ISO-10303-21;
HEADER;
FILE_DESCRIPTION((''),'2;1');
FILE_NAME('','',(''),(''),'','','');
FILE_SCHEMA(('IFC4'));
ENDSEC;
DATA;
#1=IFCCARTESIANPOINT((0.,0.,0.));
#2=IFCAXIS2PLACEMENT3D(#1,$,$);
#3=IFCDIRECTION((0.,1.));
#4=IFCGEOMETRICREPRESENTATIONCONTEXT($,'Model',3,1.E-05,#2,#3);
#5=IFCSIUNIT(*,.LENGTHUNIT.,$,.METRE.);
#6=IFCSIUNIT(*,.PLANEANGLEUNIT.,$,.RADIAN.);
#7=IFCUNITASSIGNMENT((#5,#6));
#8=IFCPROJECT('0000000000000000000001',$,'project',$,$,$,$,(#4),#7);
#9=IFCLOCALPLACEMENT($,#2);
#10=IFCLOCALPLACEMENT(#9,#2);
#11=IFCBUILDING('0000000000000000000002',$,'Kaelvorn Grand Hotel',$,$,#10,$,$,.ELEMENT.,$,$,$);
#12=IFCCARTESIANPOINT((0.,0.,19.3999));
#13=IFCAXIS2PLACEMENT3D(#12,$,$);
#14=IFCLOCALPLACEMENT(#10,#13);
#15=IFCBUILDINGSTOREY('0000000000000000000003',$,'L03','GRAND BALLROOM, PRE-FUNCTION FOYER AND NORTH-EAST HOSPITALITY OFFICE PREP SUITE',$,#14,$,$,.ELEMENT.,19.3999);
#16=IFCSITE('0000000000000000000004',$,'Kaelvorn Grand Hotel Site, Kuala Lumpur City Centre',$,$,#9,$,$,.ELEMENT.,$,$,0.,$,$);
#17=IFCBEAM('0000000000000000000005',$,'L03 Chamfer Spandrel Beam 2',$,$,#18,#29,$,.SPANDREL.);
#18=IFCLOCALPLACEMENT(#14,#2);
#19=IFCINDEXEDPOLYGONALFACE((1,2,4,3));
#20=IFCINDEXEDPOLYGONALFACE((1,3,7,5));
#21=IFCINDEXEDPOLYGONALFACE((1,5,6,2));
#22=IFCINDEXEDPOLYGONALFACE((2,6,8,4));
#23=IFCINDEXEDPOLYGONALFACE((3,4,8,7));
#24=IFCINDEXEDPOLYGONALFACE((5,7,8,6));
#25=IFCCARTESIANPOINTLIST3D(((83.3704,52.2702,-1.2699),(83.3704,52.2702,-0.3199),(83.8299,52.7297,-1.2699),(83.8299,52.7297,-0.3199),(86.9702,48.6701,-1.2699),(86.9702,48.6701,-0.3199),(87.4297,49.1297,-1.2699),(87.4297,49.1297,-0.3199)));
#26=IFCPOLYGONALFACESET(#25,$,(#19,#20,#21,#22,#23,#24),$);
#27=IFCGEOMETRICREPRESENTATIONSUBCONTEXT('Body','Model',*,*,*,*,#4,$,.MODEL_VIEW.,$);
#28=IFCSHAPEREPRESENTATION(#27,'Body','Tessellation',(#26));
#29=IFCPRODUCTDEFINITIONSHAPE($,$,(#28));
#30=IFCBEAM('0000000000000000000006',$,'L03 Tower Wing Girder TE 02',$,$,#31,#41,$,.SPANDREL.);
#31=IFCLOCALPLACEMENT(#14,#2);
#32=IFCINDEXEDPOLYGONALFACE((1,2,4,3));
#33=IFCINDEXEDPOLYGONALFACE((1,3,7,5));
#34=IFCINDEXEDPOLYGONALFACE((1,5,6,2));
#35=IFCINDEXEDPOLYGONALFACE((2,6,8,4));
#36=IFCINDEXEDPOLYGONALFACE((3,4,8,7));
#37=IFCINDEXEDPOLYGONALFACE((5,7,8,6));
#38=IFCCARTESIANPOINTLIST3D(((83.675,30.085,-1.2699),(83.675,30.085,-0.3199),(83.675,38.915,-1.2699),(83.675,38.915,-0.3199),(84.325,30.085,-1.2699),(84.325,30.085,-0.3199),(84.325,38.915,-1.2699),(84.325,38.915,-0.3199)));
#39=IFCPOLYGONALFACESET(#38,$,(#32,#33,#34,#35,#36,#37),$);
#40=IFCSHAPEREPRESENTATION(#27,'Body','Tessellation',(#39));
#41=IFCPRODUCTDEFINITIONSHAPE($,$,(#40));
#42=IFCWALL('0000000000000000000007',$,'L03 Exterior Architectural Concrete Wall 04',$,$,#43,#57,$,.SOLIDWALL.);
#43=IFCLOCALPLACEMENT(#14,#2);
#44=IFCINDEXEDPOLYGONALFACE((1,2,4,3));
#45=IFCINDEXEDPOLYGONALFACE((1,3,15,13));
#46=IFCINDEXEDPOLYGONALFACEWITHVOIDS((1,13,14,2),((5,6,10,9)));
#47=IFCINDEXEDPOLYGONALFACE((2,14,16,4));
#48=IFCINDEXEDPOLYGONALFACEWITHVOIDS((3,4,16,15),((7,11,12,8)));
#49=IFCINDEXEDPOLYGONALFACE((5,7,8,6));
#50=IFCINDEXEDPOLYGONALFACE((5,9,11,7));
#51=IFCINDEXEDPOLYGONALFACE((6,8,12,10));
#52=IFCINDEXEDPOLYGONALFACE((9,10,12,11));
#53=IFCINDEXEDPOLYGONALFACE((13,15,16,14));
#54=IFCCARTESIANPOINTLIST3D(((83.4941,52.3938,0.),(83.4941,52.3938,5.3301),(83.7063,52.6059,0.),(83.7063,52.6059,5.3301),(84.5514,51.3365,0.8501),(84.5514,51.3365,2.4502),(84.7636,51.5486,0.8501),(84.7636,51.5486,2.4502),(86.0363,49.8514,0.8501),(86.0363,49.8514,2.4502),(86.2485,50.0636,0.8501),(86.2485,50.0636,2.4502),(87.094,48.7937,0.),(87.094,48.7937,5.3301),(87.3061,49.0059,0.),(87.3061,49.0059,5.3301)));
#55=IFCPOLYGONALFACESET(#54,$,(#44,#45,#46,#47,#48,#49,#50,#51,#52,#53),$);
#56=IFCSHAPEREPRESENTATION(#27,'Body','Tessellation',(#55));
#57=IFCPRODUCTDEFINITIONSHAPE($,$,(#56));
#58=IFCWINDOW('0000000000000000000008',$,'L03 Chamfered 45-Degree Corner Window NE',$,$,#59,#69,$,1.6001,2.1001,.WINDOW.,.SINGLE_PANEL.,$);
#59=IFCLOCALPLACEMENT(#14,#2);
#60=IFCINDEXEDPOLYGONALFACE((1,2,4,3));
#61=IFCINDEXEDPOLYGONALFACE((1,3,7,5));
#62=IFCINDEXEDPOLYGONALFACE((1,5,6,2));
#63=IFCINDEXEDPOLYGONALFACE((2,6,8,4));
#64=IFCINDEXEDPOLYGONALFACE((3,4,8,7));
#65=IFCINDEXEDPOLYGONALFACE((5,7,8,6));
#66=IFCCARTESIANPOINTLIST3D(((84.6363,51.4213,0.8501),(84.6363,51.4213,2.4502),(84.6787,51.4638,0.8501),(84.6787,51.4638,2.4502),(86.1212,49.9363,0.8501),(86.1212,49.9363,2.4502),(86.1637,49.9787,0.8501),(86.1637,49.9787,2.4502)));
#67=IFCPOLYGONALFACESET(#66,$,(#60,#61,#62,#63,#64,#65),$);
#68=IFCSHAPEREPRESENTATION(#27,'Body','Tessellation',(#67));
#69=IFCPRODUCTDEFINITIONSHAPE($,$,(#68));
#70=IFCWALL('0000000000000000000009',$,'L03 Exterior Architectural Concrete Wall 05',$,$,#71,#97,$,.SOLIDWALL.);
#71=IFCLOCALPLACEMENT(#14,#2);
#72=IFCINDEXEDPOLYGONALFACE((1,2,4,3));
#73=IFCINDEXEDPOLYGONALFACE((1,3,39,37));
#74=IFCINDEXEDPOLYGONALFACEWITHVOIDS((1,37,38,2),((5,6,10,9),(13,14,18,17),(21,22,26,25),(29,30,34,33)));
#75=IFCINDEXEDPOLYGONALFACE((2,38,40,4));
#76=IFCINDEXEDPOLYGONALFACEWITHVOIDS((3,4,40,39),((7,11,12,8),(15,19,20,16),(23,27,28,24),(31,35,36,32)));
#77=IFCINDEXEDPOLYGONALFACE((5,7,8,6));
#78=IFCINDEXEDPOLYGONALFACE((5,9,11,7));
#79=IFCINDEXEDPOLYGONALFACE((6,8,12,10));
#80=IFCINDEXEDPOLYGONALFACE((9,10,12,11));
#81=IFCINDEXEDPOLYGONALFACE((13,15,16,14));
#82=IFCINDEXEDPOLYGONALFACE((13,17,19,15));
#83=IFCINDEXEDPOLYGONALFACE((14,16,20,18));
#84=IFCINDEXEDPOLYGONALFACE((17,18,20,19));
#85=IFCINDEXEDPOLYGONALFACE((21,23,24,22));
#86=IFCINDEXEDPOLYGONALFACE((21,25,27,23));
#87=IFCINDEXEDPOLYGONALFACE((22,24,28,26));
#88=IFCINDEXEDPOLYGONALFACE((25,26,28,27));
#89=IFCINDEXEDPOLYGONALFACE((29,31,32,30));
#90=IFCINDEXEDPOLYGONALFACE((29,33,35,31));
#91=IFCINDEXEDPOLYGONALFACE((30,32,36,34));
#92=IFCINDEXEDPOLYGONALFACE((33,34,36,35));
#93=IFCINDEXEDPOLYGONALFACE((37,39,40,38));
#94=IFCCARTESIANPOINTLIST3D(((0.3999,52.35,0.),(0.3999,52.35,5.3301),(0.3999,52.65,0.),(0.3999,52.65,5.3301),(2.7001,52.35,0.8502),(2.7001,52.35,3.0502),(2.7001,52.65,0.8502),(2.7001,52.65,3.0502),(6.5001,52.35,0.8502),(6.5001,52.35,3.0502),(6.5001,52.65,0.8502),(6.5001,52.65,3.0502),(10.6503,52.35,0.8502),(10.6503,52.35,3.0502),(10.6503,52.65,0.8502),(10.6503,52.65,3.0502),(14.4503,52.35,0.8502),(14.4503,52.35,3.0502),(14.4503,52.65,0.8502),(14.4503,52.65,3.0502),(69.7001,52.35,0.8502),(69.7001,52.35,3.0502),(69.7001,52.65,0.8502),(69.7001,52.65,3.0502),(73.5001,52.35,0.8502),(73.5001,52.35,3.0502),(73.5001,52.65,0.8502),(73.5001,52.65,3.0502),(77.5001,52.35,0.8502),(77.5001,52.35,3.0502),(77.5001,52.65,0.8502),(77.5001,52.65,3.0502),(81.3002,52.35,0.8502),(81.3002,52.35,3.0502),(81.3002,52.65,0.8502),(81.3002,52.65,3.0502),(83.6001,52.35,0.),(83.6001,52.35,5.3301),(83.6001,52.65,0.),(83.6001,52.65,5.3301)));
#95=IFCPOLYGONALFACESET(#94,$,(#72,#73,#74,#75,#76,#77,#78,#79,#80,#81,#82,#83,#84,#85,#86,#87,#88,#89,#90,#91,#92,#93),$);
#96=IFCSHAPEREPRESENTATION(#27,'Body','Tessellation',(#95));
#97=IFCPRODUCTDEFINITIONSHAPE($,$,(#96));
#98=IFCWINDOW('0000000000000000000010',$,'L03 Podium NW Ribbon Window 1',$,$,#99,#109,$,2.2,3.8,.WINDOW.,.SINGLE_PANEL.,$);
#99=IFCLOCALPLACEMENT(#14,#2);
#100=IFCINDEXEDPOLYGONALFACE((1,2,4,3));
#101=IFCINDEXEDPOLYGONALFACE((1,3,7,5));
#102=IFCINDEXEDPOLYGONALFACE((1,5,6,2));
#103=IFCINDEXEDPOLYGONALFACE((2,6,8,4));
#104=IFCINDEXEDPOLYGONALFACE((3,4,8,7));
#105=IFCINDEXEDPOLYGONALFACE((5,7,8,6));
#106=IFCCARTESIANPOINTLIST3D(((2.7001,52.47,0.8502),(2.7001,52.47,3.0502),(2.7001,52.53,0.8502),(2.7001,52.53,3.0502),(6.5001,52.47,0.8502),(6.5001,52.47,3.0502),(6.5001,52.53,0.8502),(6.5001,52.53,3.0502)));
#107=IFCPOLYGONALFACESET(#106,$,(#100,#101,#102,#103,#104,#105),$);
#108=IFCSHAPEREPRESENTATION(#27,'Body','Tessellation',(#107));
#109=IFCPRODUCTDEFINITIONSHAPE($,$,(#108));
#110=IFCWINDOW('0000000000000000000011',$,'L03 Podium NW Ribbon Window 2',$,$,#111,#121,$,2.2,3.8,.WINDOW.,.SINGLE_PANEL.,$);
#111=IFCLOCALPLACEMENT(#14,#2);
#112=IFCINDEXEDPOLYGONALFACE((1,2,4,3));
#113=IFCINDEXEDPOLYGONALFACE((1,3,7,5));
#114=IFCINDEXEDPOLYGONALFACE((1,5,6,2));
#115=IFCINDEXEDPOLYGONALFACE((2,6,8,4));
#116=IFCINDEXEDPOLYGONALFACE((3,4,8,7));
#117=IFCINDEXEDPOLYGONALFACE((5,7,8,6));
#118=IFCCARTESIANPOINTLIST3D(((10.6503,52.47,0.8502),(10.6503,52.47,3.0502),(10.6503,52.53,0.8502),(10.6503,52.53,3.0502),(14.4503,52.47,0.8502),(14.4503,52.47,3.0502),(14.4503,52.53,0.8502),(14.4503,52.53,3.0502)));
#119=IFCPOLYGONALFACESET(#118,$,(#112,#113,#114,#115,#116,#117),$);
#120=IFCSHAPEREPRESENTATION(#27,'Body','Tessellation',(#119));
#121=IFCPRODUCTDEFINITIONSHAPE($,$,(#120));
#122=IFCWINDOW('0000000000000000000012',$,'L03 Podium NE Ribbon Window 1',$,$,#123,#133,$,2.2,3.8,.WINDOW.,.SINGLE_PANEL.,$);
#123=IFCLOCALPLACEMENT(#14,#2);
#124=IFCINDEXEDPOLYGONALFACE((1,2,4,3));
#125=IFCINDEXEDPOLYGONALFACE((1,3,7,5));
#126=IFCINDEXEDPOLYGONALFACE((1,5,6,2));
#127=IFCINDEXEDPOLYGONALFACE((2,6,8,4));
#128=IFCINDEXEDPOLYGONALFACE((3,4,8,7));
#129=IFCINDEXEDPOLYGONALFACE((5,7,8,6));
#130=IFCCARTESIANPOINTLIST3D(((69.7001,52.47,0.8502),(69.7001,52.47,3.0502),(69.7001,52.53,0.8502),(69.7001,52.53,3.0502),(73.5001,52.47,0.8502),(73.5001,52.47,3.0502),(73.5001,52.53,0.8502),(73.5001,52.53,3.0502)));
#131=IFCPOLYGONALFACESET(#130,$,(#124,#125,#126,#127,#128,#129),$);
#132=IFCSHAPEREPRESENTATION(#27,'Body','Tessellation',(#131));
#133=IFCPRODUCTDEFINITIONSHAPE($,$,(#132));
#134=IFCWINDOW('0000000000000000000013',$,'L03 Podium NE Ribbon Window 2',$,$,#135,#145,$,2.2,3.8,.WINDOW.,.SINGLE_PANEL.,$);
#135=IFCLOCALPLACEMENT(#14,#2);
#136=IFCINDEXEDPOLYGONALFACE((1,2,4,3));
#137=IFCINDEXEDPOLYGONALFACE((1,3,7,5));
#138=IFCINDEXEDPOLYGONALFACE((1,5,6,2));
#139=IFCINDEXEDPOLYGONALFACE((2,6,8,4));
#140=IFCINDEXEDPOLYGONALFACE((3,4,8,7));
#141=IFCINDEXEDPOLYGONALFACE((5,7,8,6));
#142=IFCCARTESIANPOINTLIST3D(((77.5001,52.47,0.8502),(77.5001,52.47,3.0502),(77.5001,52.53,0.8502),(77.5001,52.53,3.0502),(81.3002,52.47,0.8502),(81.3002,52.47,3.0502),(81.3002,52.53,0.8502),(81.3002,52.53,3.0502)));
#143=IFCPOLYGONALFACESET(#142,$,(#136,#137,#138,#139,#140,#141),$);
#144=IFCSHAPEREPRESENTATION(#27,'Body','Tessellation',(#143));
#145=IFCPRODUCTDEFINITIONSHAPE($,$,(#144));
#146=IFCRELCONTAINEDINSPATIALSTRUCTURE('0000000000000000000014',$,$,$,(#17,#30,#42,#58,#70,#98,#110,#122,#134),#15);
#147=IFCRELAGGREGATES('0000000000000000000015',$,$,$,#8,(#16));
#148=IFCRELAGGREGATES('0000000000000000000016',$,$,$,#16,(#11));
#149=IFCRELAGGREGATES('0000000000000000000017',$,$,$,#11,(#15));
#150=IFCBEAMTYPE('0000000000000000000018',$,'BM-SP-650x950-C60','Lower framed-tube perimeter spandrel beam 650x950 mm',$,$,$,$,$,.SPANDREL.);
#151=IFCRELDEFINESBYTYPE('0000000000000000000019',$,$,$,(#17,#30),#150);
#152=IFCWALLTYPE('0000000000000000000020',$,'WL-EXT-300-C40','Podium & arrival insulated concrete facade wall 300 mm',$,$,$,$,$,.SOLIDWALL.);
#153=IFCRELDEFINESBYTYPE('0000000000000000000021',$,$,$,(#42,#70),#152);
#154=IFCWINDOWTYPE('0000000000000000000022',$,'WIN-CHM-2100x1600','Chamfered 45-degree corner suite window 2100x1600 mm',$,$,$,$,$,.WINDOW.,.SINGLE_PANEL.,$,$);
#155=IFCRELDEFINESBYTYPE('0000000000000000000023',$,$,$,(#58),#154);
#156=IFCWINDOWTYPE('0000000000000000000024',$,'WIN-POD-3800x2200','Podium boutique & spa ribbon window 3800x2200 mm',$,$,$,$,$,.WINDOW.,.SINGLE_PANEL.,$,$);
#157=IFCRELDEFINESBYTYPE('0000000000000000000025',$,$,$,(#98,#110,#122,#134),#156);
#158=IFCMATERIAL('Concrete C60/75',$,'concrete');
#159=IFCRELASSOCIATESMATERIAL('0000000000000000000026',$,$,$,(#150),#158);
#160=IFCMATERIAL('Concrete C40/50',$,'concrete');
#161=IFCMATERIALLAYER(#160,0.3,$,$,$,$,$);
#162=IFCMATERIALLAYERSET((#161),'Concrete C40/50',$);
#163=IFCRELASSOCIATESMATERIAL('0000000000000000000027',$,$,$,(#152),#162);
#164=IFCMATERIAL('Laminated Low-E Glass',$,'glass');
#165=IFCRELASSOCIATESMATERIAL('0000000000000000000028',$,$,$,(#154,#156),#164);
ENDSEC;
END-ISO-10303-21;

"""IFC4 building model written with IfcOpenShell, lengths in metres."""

from ifc_helpers import new_model, si_unit, direction, frame, frame_2d, origin, origin_2d, place, context, subcontext, project, spatial, rectangle, extrude, material, layer, layer_set, material_profile, profile_set, type_object, element, fill, save


model = new_model("IFC4")

# Units and contexts
model_context = context("Model", 3, precision=1e-05, world=origin(), true_north=direction((0.0, 1.0)))
body_context = subcontext(model_context, "Body", "Model", "MODEL_VIEW")
ifc_project = project(units=[si_unit("LENGTHUNIT", "METRE"), si_unit("PLANEANGLEUNIT", "RADIAN")], contexts=[model_context])

# Site, building, storey
site_placement = place(None, origin())
site = spatial("IfcSite", under=ifc_project, at=site_placement, Name="Kaelvorn Grand Hotel Site, Kuala Lumpur City Centre", CompositionType="ELEMENT", RefElevation=0.0)
building_placement = place(site_placement, origin())
building = spatial("IfcBuilding", under=site, at=building_placement, Name="Kaelvorn Grand Hotel", CompositionType="ELEMENT")
storey_placement = place(building_placement, frame((0.0, 0.0, 19.3999)))
storey = spatial("IfcBuildingStorey", under=building, at=storey_placement, Name="L03", Description="GRAND BALLROOM, PRE-FUNCTION FOYER AND NORTH-EAST HOSPITALITY OFFICE PREP SUITE", CompositionType="ELEMENT", Elevation=19.3999)

# Beams
ifc_material_1 = material(Name="Concrete C60/75", Category="concrete")
ifc_material_profile_1 = material_profile(ifc_material_1, rectangle(XDim=0.6499, YDim=0.95, at=origin_2d()), Name="RC SPANDREL 650x950")
ifc_profile_set_1 = profile_set([ifc_material_profile_1], Name="Concrete C60/75")
beam_type_1 = type_object("IfcBeamType", Name="BM-SP-650x950-C60", Description="Lower framed-tube perimeter spandrel beam 650x950 mm", PredefinedType="SPANDREL", material=ifc_profile_set_1)
beam_1_placement = place(storey_placement, frame((87.2, 48.8999, -0.7949), z_axis=(-0.707083, 0.707131, 0.0), x_axis=(-0.707131, -0.707083, 0.0)))
element("IfcBeam", 1, at=beam_1_placement, inside=storey, type_object=beam_type_1, Name="L03 Chamfer Spandrel Beam 2", PredefinedType="SPANDREL", context=body_context, shape_type="SweptSolid", body=[
    extrude(rectangle(XDim=0.6499, YDim=0.95, at=origin_2d()), origin(), (0.0, 0.0, 1.0), 5.0911),
])
beam_2_placement = place(storey_placement, frame((84.0, 30.085, -0.7949), z_axis=(0.0, 1.0, 0.0), x_axis=(-1.0, 0.0, 0.0)))
element("IfcBeam", 2, at=beam_2_placement, inside=storey, type_object=beam_type_1, Name="L03 Tower Wing Girder TE 02", PredefinedType="SPANDREL", context=body_context, shape_type="SweptSolid", body=[
    extrude(rectangle(XDim=0.6499, YDim=0.95, at=origin_2d()), origin(), (0.0, 0.0, 1.0), 8.8301),
])

# Wall, opening, window
ifc_material_2 = material(Name="Concrete C40/50", Category="concrete")
ifc_layer_1 = layer(ifc_material_2, 0.3)
ifc_layer_set_1 = layer_set([ifc_layer_1], Name="Concrete C40/50")
wall_type_1 = type_object("IfcWallType", Name="WL-EXT-300-C40", Description="Podium & arrival insulated concrete facade wall 300 mm", PredefinedType="SOLIDWALL", material=ifc_layer_set_1)
wall_1_placement = place(storey_placement, frame((87.2, 48.8999, 0.0), z_axis=(0.0, 0.0, 1.0), x_axis=(-0.707083, 0.707131, 0.0)))
wall_1 = element("IfcWall", 3, at=wall_1_placement, inside=storey, type_object=wall_type_1, Name="L03 Exterior Architectural Concrete Wall 04", PredefinedType="SOLIDWALL", context=body_context, shape_type="SweptSolid", body=[
    extrude(rectangle(XDim=5.0911, YDim=0.3, at=frame_2d((2.5454, 0.0))), origin(), (0.0, 0.0, 1.0), 5.3301),
])
opening_1_placement = place(wall_1_placement, frame((1.4956, 0.0, 0.8501)))
opening_1 = element("IfcOpeningElement", 4, at=opening_1_placement, cuts=wall_1, PredefinedType="OPENING", context=body_context, shape_type="SweptSolid", body=[
    extrude(rectangle(XDim=2.1001, YDim=1.6001, at=frame_2d((1.05, 0.8))), frame((0.0, 0.1602, 0.0), z_axis=(0.0, -1.0, 0.0), x_axis=(1.0, 0.0, 0.0)), (0.0, 0.0, 1.0), 0.3201),
])
ifc_material_3 = material(Name="Laminated Low-E Glass", Category="glass")
window_type_1 = type_object("IfcWindowType", Name="WIN-CHM-2100x1600", Description="Chamfered 45-degree corner suite window 2100x1600 mm", PartitioningType="SINGLE_PANEL", PredefinedType="WINDOW", material=ifc_material_3)
window_1_placement = place(opening_1_placement, origin())
window_1 = element("IfcWindow", 5, at=window_1_placement, inside=storey, type_object=window_type_1, Name="L03 Chamfered 45-Degree Corner Window NE", OverallHeight=1.6001, OverallWidth=2.1001, PartitioningType="SINGLE_PANEL", PredefinedType="WINDOW", context=body_context, shape_type="SweptSolid", body=[
    extrude(rectangle(XDim=2.1001, YDim=1.6001, at=frame_2d((1.05, 0.8))), frame((0.0, 0.03, 0.0), z_axis=(0.0, -1.0, 0.0), x_axis=(1.0, 0.0, 0.0)), (0.0, 0.0, 1.0), 0.0601),
])
fill(opening_1, window_1)

# Wall, openings, windows
wall_2_placement = place(storey_placement, frame((83.6001, 52.5, 0.0), z_axis=(0.0, 0.0, 1.0), x_axis=(-1.0, 0.0, 0.0)))
wall_2 = element("IfcWall", 6, at=wall_2_placement, inside=storey, type_object=wall_type_1, Name="L03 Exterior Architectural Concrete Wall 05", PredefinedType="SOLIDWALL", context=body_context, shape_type="SweptSolid", body=[
    extrude(rectangle(XDim=83.2002, YDim=0.3, at=frame_2d((41.6001, 0.0))), origin(), (0.0, 0.0, 1.0), 5.3301),
])
opening_2_placement = place(wall_2_placement, frame((77.1001, 0.0, 0.8501)))
opening_2 = element("IfcOpeningElement", 7, at=opening_2_placement, cuts=wall_2, PredefinedType="OPENING", context=body_context, shape_type="SweptSolid", body=[
    extrude(rectangle(XDim=3.8, YDim=2.2, at=frame_2d((1.8999, 1.1001))), frame((0.0, 0.1602, 0.0), z_axis=(0.0, -1.0, 0.0), x_axis=(1.0, 0.0, 0.0)), (0.0, 0.0, 1.0), 0.3201),
])
opening_3_placement = place(wall_2_placement, frame((69.1499, 0.0, 0.8501)))
opening_3 = element("IfcOpeningElement", 8, at=opening_3_placement, cuts=wall_2, PredefinedType="OPENING", context=body_context, shape_type="SweptSolid", body=[
    extrude(rectangle(XDim=3.8, YDim=2.2, at=frame_2d((1.8999, 1.1001))), frame((0.0, 0.1602, 0.0), z_axis=(0.0, -1.0, 0.0), x_axis=(1.0, 0.0, 0.0)), (0.0, 0.0, 1.0), 0.3201),
])
opening_4_placement = place(wall_2_placement, frame((10.1001, 0.0, 0.8501)))
opening_4 = element("IfcOpeningElement", 9, at=opening_4_placement, cuts=wall_2, PredefinedType="OPENING", context=body_context, shape_type="SweptSolid", body=[
    extrude(rectangle(XDim=3.8, YDim=2.2, at=frame_2d((1.8999, 1.1001))), frame((0.0, 0.1602, 0.0), z_axis=(0.0, -1.0, 0.0), x_axis=(1.0, 0.0, 0.0)), (0.0, 0.0, 1.0), 0.3201),
])
opening_5_placement = place(wall_2_placement, frame((2.3, 0.0, 0.8501)))
opening_5 = element("IfcOpeningElement", 10, at=opening_5_placement, cuts=wall_2, PredefinedType="OPENING", context=body_context, shape_type="SweptSolid", body=[
    extrude(rectangle(XDim=3.8, YDim=2.2, at=frame_2d((1.8999, 1.1001))), frame((0.0, 0.1602, 0.0), z_axis=(0.0, -1.0, 0.0), x_axis=(1.0, 0.0, 0.0)), (0.0, 0.0, 1.0), 0.3201),
])
window_type_2 = type_object("IfcWindowType", Name="WIN-POD-3800x2200", Description="Podium boutique & spa ribbon window 3800x2200 mm", PartitioningType="SINGLE_PANEL", PredefinedType="WINDOW", material=ifc_material_3)
window_2_placement = place(opening_2_placement, origin())
window_2 = element("IfcWindow", 11, at=window_2_placement, inside=storey, type_object=window_type_2, Name="L03 Podium NW Ribbon Window 1", OverallHeight=2.2, OverallWidth=3.8, PartitioningType="SINGLE_PANEL", PredefinedType="WINDOW", context=body_context, shape_type="SweptSolid", body=[
    extrude(rectangle(XDim=3.8, YDim=2.2, at=frame_2d((1.8999, 1.1001))), frame((0.0, 0.03, 0.0), z_axis=(0.0, -1.0, 0.0), x_axis=(1.0, 0.0, 0.0)), (0.0, 0.0, 1.0), 0.0601),
])
fill(opening_2, window_2)
window_3_placement = place(opening_3_placement, origin())
window_3 = element("IfcWindow", 12, at=window_3_placement, inside=storey, type_object=window_type_2, Name="L03 Podium NW Ribbon Window 2", OverallHeight=2.2, OverallWidth=3.8, PartitioningType="SINGLE_PANEL", PredefinedType="WINDOW", context=body_context, shape_type="SweptSolid", body=[
    extrude(rectangle(XDim=3.8, YDim=2.2, at=frame_2d((1.8999, 1.1001))), frame((0.0, 0.03, 0.0), z_axis=(0.0, -1.0, 0.0), x_axis=(1.0, 0.0, 0.0)), (0.0, 0.0, 1.0), 0.0601),
])
fill(opening_3, window_3)
window_4_placement = place(opening_4_placement, origin())
window_4 = element("IfcWindow", 13, at=window_4_placement, inside=storey, type_object=window_type_2, Name="L03 Podium NE Ribbon Window 1", OverallHeight=2.2, OverallWidth=3.8, PartitioningType="SINGLE_PANEL", PredefinedType="WINDOW", context=body_context, shape_type="SweptSolid", body=[
    extrude(rectangle(XDim=3.8, YDim=2.2, at=frame_2d((1.8999, 1.1001))), frame((0.0, 0.03, 0.0), z_axis=(0.0, -1.0, 0.0), x_axis=(1.0, 0.0, 0.0)), (0.0, 0.0, 1.0), 0.0601),
])
fill(opening_4, window_4)
window_5_placement = place(opening_5_placement, origin())
window_5 = element("IfcWindow", 14, at=window_5_placement, inside=storey, type_object=window_type_2, Name="L03 Podium NE Ribbon Window 2", OverallHeight=2.2, OverallWidth=3.8, PartitioningType="SINGLE_PANEL", PredefinedType="WINDOW", context=body_context, shape_type="SweptSolid", body=[
    extrude(rectangle(XDim=3.8, YDim=2.2, at=frame_2d((1.8999, 1.1001))), frame((0.0, 0.03, 0.0), z_axis=(0.0, -1.0, 0.0), x_axis=(1.0, 0.0, 0.0)), (0.0, 0.0, 1.0), 0.0601),
])
fill(opening_5, window_5)

save(model, "model.ifc")
